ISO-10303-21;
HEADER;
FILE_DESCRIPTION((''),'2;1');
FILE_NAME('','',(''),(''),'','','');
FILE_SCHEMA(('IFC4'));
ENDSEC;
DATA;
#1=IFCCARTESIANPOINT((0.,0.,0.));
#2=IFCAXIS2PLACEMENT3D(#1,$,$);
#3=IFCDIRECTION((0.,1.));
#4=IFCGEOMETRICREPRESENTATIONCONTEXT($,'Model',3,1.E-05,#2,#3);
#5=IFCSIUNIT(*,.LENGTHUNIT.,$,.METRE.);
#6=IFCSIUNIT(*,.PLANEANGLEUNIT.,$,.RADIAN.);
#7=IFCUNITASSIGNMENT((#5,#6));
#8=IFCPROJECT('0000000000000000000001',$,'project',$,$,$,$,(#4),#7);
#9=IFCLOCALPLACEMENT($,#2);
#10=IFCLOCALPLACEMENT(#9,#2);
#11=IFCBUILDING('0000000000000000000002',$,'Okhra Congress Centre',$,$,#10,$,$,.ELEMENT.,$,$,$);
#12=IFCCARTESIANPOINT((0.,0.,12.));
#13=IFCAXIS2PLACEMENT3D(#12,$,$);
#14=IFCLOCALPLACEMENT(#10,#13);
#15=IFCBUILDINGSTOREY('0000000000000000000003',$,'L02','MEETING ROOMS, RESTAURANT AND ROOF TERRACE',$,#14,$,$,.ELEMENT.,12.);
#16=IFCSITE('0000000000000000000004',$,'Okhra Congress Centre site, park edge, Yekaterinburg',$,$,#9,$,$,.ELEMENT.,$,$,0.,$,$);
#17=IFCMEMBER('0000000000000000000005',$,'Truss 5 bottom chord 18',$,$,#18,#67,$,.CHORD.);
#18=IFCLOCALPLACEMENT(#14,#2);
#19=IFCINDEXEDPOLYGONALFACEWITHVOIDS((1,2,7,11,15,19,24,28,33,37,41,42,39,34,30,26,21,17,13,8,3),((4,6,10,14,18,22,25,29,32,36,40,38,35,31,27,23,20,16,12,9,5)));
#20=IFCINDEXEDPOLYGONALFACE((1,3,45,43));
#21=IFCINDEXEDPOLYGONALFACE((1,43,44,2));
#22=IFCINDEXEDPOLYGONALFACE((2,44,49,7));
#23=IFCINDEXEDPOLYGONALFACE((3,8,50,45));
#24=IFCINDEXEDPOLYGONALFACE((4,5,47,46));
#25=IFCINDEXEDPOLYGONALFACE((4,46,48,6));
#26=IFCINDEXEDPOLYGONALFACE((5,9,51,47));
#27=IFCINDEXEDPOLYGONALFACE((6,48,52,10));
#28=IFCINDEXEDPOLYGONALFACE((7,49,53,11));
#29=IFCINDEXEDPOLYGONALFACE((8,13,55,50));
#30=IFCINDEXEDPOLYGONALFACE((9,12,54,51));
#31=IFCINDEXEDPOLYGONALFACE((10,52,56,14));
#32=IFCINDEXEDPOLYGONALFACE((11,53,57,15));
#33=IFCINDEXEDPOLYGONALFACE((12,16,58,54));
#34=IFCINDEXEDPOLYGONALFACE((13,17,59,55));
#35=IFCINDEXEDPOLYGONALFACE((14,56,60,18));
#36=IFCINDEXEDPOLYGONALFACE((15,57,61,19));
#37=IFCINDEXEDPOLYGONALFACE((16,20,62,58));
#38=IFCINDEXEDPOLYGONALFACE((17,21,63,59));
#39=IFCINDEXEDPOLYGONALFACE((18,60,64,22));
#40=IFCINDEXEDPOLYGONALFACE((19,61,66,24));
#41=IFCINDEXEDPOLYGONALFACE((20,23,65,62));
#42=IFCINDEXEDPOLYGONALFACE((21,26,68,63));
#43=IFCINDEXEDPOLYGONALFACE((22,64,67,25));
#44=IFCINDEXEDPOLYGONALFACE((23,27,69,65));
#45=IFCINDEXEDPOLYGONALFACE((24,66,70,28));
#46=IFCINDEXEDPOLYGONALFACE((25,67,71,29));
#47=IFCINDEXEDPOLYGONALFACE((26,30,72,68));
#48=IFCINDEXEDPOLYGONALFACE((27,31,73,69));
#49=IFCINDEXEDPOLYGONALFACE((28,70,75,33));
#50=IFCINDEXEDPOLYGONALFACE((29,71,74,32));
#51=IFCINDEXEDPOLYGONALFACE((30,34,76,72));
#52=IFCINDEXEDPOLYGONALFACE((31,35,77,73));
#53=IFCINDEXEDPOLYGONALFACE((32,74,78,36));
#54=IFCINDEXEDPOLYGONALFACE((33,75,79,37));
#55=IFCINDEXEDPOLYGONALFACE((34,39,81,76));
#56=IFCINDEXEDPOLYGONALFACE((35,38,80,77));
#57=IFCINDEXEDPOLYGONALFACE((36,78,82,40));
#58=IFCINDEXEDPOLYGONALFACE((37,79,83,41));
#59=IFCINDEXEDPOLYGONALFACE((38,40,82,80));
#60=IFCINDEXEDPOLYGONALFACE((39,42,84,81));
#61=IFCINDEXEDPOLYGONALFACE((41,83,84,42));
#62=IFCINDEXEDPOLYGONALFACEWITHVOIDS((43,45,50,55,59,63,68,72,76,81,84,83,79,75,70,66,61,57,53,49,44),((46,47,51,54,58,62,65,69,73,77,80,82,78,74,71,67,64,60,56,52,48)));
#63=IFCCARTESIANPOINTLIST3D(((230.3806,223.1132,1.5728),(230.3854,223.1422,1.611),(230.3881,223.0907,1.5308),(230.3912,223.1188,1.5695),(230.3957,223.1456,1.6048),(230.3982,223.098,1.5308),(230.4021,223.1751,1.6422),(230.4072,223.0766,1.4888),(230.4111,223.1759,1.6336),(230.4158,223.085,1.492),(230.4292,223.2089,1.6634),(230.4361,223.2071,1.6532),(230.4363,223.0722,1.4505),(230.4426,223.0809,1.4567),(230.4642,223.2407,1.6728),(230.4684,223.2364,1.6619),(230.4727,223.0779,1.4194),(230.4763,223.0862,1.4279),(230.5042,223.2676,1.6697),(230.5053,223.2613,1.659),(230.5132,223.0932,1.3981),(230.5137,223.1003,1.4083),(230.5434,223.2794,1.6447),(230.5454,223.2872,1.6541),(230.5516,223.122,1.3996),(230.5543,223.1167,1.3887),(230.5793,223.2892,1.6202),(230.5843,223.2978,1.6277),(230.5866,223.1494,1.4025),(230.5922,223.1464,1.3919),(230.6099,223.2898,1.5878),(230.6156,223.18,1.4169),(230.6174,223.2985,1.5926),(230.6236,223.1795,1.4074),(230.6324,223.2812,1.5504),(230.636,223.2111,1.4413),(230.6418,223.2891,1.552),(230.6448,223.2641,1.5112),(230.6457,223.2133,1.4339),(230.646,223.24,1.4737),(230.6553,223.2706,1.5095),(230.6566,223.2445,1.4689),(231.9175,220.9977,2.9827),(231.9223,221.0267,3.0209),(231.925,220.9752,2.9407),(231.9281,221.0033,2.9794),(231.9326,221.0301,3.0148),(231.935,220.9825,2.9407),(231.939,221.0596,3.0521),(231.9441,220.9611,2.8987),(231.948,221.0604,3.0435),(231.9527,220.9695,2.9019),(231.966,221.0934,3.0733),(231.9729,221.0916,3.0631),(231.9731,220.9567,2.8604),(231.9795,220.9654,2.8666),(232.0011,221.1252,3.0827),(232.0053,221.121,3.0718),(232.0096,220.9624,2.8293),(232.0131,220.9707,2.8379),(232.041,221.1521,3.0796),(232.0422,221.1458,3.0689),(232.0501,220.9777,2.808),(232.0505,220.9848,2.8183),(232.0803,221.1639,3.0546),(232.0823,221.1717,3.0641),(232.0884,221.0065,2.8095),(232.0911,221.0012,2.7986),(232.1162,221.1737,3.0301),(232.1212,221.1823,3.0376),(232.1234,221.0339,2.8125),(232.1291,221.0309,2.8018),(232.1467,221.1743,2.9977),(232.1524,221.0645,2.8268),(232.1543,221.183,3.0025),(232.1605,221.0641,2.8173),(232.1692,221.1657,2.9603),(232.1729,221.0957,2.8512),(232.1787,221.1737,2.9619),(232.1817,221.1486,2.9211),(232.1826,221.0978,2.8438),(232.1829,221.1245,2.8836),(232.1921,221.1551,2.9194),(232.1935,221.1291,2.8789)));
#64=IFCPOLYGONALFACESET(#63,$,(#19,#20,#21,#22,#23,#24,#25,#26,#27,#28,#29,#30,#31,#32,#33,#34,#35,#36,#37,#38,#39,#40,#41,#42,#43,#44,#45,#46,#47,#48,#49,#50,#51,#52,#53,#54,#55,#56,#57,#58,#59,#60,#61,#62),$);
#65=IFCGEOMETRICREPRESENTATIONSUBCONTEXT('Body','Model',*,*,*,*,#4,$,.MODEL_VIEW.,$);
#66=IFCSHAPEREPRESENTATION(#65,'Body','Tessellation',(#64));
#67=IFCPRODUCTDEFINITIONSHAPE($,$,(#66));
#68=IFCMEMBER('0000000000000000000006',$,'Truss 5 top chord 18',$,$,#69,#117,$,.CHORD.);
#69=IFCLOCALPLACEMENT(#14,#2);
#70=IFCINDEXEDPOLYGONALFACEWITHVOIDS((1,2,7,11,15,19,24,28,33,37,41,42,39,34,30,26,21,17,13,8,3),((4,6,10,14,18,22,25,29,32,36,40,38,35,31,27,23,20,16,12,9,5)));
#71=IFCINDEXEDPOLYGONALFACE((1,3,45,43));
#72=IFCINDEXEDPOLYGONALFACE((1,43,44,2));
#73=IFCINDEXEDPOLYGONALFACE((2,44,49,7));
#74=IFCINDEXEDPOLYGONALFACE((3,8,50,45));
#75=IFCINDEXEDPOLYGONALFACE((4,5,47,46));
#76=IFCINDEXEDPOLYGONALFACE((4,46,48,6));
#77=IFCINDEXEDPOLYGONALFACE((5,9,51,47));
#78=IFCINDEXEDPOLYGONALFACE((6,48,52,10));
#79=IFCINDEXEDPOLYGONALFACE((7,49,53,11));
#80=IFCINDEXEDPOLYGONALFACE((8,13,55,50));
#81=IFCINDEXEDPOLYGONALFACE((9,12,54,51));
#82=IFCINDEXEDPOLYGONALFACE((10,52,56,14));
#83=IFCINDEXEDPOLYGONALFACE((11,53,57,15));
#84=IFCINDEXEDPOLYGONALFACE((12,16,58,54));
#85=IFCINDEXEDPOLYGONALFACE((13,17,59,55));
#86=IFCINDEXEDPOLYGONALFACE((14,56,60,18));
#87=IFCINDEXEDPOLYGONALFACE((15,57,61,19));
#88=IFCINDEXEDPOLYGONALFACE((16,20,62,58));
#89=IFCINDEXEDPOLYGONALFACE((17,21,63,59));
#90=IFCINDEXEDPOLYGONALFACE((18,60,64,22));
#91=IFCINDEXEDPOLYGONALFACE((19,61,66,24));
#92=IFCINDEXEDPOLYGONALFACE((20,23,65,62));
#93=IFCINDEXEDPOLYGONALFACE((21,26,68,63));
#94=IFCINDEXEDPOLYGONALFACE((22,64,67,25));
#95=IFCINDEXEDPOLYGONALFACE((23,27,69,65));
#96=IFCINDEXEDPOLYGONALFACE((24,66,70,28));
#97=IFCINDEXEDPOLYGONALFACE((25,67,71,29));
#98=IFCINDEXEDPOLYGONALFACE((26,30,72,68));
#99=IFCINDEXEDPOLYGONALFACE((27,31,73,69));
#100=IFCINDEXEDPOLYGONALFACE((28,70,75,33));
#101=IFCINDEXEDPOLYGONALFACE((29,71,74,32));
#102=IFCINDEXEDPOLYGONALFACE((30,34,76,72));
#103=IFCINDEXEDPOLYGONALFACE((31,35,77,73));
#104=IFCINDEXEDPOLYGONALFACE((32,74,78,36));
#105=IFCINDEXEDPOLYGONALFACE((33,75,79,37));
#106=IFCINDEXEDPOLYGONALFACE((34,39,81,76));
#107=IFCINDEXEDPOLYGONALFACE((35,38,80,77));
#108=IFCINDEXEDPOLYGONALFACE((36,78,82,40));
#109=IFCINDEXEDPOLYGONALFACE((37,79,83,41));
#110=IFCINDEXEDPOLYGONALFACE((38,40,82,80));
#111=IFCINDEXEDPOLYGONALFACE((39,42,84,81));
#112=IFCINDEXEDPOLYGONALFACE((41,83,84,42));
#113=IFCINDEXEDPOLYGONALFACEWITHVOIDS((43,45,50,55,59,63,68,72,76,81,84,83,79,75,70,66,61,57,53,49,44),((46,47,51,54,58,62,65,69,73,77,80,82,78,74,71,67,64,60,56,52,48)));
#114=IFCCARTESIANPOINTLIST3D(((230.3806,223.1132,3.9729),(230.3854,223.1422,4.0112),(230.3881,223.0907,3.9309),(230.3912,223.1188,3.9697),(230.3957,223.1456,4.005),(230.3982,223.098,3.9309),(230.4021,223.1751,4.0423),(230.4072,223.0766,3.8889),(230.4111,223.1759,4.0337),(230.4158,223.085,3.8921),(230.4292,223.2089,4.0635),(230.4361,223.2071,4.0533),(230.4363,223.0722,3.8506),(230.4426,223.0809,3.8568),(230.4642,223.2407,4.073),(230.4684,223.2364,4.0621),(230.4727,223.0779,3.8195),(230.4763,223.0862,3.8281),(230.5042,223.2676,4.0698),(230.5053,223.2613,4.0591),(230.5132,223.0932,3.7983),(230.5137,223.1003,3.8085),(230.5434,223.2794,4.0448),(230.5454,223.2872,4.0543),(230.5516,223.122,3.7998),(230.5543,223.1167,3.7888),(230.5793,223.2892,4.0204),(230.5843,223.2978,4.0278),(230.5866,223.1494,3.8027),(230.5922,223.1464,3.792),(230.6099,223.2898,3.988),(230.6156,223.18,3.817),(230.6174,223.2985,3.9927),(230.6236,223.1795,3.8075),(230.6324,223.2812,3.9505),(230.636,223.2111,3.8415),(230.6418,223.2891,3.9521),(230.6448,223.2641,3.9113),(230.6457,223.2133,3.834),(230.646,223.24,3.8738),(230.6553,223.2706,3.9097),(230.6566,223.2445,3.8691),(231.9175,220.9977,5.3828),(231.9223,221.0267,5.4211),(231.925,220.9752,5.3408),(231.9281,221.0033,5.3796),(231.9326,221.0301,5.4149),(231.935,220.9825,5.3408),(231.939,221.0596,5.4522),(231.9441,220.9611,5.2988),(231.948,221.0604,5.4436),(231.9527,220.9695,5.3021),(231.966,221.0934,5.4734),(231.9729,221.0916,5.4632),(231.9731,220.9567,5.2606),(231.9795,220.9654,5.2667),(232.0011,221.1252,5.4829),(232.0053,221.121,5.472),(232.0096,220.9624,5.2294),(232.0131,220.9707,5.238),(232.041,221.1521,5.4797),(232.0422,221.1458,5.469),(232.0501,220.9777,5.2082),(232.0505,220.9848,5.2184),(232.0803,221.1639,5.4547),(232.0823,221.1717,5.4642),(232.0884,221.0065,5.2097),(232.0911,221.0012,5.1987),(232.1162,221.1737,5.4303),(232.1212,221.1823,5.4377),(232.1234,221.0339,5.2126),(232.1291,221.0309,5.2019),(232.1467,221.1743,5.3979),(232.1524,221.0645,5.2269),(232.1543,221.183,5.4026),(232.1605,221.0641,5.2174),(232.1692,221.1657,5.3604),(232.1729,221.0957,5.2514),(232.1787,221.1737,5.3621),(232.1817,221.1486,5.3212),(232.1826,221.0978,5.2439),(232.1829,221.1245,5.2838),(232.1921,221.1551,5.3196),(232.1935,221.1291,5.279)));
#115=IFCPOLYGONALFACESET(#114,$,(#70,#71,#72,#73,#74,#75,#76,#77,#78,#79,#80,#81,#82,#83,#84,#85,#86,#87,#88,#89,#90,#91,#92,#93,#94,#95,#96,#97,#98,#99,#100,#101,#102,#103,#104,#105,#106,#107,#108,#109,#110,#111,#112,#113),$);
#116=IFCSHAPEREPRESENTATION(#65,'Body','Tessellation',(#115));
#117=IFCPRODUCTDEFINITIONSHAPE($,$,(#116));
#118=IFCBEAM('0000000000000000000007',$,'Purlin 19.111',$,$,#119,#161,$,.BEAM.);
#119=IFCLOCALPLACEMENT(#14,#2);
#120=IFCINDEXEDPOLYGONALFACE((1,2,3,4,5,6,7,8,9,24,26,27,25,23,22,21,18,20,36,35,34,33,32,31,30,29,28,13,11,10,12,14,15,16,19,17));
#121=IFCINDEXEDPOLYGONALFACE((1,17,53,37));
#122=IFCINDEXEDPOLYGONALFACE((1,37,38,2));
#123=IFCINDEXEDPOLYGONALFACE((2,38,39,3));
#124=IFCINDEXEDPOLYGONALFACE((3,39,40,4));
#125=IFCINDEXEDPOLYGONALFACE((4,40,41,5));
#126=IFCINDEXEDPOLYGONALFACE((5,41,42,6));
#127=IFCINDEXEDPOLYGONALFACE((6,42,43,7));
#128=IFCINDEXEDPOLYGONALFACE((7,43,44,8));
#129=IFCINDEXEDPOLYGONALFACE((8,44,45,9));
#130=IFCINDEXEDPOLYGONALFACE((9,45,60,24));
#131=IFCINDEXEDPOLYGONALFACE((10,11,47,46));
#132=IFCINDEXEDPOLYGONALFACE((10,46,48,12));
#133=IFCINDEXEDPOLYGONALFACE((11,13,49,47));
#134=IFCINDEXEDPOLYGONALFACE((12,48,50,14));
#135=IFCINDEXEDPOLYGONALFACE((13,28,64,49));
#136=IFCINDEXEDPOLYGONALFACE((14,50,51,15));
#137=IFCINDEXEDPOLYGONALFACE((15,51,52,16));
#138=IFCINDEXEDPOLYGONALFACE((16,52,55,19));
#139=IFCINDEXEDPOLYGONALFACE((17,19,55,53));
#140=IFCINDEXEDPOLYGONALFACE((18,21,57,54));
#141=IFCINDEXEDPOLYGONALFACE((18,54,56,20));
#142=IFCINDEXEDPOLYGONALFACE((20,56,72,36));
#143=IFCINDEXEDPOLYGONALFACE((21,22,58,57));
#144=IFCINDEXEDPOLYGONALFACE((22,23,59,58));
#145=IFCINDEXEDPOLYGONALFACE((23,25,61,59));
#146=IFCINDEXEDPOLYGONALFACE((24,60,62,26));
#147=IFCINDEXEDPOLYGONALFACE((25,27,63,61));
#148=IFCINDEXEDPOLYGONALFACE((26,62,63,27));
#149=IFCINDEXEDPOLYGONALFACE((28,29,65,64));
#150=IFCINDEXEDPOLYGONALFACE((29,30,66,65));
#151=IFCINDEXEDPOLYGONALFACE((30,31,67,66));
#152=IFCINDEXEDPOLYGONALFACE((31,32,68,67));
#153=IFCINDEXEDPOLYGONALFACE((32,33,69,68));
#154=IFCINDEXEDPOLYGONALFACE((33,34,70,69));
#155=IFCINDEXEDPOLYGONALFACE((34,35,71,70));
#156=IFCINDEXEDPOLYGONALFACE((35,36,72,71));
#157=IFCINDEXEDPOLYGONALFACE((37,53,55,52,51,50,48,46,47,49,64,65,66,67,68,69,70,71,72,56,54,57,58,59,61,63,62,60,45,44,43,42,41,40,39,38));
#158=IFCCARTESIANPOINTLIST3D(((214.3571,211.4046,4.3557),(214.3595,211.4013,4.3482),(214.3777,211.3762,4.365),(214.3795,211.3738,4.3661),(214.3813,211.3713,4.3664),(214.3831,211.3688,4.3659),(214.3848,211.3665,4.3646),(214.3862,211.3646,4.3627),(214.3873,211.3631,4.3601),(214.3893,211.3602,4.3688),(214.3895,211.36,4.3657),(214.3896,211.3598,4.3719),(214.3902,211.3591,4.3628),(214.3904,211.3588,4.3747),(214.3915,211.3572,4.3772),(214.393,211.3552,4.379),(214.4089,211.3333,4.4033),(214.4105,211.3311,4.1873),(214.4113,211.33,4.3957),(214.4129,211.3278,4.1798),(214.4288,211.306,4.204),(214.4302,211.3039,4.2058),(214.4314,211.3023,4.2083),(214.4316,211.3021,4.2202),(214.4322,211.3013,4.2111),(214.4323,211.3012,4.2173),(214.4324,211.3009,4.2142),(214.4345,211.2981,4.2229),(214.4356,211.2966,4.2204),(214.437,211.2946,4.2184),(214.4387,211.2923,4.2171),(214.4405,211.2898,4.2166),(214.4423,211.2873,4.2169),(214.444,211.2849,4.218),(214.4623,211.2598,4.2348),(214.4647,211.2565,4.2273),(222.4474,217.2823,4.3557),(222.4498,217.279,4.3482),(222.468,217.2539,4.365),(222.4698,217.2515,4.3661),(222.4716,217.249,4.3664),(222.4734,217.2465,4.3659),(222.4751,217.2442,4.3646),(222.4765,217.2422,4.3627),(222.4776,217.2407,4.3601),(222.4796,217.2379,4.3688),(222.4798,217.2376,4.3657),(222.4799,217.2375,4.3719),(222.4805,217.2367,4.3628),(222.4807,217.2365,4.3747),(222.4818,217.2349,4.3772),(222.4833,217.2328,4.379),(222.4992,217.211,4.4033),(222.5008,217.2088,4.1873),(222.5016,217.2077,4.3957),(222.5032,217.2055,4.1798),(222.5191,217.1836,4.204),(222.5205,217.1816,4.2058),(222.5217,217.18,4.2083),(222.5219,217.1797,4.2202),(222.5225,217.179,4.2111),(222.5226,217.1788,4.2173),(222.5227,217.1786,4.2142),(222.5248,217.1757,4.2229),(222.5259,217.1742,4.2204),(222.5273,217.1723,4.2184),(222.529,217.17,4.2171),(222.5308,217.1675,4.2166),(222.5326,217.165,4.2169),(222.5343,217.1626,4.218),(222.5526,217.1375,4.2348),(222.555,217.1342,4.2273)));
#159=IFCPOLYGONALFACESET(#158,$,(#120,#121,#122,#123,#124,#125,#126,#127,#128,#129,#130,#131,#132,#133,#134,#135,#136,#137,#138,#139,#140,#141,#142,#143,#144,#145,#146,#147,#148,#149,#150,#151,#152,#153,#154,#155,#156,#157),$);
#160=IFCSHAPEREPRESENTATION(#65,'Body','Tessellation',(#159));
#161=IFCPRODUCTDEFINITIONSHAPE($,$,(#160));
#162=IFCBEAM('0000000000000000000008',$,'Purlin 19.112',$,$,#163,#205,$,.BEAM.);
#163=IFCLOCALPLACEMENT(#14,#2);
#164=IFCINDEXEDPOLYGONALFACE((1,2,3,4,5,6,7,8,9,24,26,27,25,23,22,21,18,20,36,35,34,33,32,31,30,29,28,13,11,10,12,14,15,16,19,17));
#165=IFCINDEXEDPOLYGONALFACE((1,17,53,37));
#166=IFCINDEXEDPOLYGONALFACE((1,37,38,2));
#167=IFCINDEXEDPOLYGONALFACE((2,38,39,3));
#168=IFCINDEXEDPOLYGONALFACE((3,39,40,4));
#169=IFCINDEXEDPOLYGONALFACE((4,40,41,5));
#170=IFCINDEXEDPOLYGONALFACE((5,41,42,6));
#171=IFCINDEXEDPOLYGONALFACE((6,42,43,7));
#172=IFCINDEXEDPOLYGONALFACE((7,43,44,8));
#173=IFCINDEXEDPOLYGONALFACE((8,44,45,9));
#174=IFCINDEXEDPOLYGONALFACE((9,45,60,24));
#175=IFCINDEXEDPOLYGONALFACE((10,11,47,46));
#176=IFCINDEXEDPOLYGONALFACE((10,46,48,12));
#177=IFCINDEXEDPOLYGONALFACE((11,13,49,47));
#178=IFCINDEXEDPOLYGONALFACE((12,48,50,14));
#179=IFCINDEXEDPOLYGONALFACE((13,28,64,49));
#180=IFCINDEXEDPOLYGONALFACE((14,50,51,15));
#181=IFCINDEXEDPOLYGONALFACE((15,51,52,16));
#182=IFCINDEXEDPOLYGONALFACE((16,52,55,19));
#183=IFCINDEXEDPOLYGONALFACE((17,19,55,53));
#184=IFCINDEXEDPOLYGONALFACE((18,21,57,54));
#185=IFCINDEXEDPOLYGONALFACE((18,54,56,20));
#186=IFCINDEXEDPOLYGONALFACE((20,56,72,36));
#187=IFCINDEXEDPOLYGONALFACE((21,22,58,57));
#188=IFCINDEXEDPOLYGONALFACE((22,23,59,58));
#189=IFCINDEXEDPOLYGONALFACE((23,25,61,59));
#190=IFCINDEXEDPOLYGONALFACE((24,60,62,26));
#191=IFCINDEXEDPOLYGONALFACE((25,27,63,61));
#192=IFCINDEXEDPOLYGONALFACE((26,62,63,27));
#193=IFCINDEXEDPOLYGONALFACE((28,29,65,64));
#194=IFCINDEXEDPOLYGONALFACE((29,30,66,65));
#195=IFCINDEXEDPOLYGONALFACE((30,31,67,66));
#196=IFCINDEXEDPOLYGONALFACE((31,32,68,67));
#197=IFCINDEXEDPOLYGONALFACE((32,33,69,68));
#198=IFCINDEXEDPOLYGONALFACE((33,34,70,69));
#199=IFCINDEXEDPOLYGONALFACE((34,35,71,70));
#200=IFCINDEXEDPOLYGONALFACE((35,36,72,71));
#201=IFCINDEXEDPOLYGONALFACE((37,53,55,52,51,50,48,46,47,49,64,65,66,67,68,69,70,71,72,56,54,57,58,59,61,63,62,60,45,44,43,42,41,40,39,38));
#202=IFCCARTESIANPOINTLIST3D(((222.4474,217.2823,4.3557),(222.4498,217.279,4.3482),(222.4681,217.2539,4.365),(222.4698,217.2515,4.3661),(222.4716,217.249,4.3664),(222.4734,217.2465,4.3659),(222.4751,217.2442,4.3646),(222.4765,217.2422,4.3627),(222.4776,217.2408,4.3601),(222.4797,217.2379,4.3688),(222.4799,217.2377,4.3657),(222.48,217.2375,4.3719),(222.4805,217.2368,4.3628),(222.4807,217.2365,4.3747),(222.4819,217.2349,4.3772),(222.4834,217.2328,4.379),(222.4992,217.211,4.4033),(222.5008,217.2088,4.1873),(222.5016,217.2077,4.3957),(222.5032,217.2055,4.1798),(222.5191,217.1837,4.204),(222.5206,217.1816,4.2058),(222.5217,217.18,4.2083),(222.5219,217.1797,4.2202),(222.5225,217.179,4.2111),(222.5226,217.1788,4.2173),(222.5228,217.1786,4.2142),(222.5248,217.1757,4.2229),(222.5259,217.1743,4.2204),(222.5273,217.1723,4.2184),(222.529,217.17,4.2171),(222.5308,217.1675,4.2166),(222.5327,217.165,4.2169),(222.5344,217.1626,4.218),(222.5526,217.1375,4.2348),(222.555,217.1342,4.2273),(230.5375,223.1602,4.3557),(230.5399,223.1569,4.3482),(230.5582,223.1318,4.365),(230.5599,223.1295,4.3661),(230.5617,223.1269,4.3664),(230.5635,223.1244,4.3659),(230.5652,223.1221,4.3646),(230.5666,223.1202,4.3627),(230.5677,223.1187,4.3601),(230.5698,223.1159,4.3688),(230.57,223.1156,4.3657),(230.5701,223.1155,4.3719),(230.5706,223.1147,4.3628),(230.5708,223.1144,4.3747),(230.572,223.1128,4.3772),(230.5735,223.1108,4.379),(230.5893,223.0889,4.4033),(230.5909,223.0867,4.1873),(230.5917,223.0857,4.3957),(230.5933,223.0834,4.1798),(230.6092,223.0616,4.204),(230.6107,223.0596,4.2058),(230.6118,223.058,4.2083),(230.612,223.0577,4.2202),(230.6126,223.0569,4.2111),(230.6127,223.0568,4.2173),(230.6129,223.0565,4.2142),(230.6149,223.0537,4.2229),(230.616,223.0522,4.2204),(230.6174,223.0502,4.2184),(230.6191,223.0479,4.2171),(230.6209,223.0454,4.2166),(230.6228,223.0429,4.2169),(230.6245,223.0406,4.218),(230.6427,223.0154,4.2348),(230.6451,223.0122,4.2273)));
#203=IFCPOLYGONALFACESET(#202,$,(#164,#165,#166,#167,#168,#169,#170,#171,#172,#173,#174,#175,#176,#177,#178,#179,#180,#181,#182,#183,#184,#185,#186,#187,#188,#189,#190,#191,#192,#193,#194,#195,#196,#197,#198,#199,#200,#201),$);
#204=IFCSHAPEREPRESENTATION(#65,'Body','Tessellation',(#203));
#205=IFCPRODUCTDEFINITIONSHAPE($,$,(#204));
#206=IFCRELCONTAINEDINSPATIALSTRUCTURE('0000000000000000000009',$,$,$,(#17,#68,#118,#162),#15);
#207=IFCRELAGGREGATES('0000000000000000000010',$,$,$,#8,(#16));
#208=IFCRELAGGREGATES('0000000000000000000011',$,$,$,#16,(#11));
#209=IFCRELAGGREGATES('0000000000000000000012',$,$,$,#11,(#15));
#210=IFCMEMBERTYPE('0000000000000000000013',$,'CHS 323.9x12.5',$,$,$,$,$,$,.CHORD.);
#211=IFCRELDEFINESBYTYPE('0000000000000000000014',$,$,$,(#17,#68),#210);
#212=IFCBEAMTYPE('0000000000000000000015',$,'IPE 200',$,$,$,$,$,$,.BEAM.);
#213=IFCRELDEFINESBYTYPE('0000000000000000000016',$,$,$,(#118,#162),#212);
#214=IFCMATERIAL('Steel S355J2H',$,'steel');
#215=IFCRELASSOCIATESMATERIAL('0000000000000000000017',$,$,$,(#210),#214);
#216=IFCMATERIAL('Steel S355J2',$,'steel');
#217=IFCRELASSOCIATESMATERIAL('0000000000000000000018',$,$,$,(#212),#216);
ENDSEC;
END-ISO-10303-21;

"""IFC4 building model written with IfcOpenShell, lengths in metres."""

from ifc_helpers import new_model, si_unit, direction, frame, origin, origin_2d, place, context, subcontext, project, spatial, hollow_circle, i_section, extrude, material, material_profile, profile_set, type_object, element, save


model = new_model("IFC4")

# Units and contexts
model_context = context("Model", 3, precision=1e-05, world=origin(), true_north=direction((0.0, 1.0)))
body_context = subcontext(model_context, "Body", "Model", "MODEL_VIEW")
ifc_project = project(units=[si_unit("LENGTHUNIT", "METRE"), si_unit("PLANEANGLEUNIT", "RADIAN")], contexts=[model_context])

# Site, building, storey
site_placement = place(None, origin())
site = spatial("IfcSite", under=ifc_project, at=site_placement, Name="Okhra Congress Centre site, park edge, Yekaterinburg", CompositionType="ELEMENT", RefElevation=0.0)
building_placement = place(site_placement, origin())
building = spatial("IfcBuilding", under=site, at=building_placement, Name="Okhra Congress Centre", CompositionType="ELEMENT")
storey_placement = place(building_placement, frame((0.0, 0.0, 12.0)))
storey = spatial("IfcBuildingStorey", under=building, at=storey_placement, Name="L02", Description="MEETING ROOMS, RESTAURANT AND ROOF TERRACE", CompositionType="ELEMENT", Elevation=12.0)

# Shared definitions
ifc_material_1 = material(Name="Steel S355J2H", Category="steel")

# Members
ifc_material_profile_1 = material_profile(ifc_material_1, hollow_circle(Radius=0.1619, WallThickness=0.0125, at=origin_2d()), Name="CHS 323.9x12.5")
ifc_profile_set_1 = profile_set([ifc_material_profile_1], Name="Steel S355J2H")
member_type_1 = type_object("IfcMemberType", Name="CHS 323.9x12.5", PredefinedType="CHORD", material=ifc_profile_set_1)
for number, where, z_axis, x_axis, name in (
    (1, (232.0559, 221.0703, 2.9407), (-0.517341, 0.712115, -0.474606), (-0.809039, -0.587755, 0.0), "Truss 5 bottom chord 18"),
    (2, (232.0559, 221.0703, 5.3408), (-0.517341, 0.712115, -0.474606), (-0.809039, -0.587755, 0.0), "Truss 5 top chord 18"),
):
    element("IfcMember", number, at=place(storey_placement, frame(where, z_axis=z_axis, x_axis=x_axis)), inside=storey, type_object=member_type_1, Name=name, PredefinedType="CHORD", context=body_context, shape_type="SweptSolid", body=[
        extrude(hollow_circle(Radius=0.1619, WallThickness=0.0125, at=origin_2d()), origin(), (0.0, 0.0, 1.0), 2.9707),
    ])

# Beams
ifc_material_2 = material(Name="Steel S355J2", Category="steel")
ifc_material_profile_2 = material_profile(ifc_material_2, i_section(OverallWidth=0.1001, OverallDepth=0.2, WebThickness=0.0056, FlangeThickness=0.0085, FilletRadius=0.012, at=origin_2d()), Name="IPE 200")
ifc_profile_set_2 = profile_set([ifc_material_profile_2], Name="Steel S355J2")
beam_type = type_object("IfcBeamType", Name="IPE 200", PredefinedType="BEAM", material=ifc_profile_set_2)
for number, where, z_axis, x_axis, name in (
    (3, (214.4109, 211.3306, 4.2915), (0.809031, 0.587767, 0.0), (-0.517353, 0.71211, -0.4746), "Purlin 19.111"),
    (4, (222.5012, 217.2083, 4.2915), (0.80901, 0.587794, 0.0), (-0.517377, 0.712092, -0.4746), "Purlin 19.112"),
):
    element("IfcBeam", number, at=place(storey_placement, frame(where, z_axis=z_axis, x_axis=x_axis)), inside=storey, type_object=beam_type, Name=name, PredefinedType="BEAM", context=body_context, shape_type="SweptSolid", body=[
        extrude(i_section(OverallWidth=0.1001, OverallDepth=0.2, WebThickness=0.0056, FlangeThickness=0.0085, FilletRadius=0.012, at=origin_2d()), origin(), (0.0, 0.0, 1.0), 10.0),
    ])

save(model, "model.ifc")
